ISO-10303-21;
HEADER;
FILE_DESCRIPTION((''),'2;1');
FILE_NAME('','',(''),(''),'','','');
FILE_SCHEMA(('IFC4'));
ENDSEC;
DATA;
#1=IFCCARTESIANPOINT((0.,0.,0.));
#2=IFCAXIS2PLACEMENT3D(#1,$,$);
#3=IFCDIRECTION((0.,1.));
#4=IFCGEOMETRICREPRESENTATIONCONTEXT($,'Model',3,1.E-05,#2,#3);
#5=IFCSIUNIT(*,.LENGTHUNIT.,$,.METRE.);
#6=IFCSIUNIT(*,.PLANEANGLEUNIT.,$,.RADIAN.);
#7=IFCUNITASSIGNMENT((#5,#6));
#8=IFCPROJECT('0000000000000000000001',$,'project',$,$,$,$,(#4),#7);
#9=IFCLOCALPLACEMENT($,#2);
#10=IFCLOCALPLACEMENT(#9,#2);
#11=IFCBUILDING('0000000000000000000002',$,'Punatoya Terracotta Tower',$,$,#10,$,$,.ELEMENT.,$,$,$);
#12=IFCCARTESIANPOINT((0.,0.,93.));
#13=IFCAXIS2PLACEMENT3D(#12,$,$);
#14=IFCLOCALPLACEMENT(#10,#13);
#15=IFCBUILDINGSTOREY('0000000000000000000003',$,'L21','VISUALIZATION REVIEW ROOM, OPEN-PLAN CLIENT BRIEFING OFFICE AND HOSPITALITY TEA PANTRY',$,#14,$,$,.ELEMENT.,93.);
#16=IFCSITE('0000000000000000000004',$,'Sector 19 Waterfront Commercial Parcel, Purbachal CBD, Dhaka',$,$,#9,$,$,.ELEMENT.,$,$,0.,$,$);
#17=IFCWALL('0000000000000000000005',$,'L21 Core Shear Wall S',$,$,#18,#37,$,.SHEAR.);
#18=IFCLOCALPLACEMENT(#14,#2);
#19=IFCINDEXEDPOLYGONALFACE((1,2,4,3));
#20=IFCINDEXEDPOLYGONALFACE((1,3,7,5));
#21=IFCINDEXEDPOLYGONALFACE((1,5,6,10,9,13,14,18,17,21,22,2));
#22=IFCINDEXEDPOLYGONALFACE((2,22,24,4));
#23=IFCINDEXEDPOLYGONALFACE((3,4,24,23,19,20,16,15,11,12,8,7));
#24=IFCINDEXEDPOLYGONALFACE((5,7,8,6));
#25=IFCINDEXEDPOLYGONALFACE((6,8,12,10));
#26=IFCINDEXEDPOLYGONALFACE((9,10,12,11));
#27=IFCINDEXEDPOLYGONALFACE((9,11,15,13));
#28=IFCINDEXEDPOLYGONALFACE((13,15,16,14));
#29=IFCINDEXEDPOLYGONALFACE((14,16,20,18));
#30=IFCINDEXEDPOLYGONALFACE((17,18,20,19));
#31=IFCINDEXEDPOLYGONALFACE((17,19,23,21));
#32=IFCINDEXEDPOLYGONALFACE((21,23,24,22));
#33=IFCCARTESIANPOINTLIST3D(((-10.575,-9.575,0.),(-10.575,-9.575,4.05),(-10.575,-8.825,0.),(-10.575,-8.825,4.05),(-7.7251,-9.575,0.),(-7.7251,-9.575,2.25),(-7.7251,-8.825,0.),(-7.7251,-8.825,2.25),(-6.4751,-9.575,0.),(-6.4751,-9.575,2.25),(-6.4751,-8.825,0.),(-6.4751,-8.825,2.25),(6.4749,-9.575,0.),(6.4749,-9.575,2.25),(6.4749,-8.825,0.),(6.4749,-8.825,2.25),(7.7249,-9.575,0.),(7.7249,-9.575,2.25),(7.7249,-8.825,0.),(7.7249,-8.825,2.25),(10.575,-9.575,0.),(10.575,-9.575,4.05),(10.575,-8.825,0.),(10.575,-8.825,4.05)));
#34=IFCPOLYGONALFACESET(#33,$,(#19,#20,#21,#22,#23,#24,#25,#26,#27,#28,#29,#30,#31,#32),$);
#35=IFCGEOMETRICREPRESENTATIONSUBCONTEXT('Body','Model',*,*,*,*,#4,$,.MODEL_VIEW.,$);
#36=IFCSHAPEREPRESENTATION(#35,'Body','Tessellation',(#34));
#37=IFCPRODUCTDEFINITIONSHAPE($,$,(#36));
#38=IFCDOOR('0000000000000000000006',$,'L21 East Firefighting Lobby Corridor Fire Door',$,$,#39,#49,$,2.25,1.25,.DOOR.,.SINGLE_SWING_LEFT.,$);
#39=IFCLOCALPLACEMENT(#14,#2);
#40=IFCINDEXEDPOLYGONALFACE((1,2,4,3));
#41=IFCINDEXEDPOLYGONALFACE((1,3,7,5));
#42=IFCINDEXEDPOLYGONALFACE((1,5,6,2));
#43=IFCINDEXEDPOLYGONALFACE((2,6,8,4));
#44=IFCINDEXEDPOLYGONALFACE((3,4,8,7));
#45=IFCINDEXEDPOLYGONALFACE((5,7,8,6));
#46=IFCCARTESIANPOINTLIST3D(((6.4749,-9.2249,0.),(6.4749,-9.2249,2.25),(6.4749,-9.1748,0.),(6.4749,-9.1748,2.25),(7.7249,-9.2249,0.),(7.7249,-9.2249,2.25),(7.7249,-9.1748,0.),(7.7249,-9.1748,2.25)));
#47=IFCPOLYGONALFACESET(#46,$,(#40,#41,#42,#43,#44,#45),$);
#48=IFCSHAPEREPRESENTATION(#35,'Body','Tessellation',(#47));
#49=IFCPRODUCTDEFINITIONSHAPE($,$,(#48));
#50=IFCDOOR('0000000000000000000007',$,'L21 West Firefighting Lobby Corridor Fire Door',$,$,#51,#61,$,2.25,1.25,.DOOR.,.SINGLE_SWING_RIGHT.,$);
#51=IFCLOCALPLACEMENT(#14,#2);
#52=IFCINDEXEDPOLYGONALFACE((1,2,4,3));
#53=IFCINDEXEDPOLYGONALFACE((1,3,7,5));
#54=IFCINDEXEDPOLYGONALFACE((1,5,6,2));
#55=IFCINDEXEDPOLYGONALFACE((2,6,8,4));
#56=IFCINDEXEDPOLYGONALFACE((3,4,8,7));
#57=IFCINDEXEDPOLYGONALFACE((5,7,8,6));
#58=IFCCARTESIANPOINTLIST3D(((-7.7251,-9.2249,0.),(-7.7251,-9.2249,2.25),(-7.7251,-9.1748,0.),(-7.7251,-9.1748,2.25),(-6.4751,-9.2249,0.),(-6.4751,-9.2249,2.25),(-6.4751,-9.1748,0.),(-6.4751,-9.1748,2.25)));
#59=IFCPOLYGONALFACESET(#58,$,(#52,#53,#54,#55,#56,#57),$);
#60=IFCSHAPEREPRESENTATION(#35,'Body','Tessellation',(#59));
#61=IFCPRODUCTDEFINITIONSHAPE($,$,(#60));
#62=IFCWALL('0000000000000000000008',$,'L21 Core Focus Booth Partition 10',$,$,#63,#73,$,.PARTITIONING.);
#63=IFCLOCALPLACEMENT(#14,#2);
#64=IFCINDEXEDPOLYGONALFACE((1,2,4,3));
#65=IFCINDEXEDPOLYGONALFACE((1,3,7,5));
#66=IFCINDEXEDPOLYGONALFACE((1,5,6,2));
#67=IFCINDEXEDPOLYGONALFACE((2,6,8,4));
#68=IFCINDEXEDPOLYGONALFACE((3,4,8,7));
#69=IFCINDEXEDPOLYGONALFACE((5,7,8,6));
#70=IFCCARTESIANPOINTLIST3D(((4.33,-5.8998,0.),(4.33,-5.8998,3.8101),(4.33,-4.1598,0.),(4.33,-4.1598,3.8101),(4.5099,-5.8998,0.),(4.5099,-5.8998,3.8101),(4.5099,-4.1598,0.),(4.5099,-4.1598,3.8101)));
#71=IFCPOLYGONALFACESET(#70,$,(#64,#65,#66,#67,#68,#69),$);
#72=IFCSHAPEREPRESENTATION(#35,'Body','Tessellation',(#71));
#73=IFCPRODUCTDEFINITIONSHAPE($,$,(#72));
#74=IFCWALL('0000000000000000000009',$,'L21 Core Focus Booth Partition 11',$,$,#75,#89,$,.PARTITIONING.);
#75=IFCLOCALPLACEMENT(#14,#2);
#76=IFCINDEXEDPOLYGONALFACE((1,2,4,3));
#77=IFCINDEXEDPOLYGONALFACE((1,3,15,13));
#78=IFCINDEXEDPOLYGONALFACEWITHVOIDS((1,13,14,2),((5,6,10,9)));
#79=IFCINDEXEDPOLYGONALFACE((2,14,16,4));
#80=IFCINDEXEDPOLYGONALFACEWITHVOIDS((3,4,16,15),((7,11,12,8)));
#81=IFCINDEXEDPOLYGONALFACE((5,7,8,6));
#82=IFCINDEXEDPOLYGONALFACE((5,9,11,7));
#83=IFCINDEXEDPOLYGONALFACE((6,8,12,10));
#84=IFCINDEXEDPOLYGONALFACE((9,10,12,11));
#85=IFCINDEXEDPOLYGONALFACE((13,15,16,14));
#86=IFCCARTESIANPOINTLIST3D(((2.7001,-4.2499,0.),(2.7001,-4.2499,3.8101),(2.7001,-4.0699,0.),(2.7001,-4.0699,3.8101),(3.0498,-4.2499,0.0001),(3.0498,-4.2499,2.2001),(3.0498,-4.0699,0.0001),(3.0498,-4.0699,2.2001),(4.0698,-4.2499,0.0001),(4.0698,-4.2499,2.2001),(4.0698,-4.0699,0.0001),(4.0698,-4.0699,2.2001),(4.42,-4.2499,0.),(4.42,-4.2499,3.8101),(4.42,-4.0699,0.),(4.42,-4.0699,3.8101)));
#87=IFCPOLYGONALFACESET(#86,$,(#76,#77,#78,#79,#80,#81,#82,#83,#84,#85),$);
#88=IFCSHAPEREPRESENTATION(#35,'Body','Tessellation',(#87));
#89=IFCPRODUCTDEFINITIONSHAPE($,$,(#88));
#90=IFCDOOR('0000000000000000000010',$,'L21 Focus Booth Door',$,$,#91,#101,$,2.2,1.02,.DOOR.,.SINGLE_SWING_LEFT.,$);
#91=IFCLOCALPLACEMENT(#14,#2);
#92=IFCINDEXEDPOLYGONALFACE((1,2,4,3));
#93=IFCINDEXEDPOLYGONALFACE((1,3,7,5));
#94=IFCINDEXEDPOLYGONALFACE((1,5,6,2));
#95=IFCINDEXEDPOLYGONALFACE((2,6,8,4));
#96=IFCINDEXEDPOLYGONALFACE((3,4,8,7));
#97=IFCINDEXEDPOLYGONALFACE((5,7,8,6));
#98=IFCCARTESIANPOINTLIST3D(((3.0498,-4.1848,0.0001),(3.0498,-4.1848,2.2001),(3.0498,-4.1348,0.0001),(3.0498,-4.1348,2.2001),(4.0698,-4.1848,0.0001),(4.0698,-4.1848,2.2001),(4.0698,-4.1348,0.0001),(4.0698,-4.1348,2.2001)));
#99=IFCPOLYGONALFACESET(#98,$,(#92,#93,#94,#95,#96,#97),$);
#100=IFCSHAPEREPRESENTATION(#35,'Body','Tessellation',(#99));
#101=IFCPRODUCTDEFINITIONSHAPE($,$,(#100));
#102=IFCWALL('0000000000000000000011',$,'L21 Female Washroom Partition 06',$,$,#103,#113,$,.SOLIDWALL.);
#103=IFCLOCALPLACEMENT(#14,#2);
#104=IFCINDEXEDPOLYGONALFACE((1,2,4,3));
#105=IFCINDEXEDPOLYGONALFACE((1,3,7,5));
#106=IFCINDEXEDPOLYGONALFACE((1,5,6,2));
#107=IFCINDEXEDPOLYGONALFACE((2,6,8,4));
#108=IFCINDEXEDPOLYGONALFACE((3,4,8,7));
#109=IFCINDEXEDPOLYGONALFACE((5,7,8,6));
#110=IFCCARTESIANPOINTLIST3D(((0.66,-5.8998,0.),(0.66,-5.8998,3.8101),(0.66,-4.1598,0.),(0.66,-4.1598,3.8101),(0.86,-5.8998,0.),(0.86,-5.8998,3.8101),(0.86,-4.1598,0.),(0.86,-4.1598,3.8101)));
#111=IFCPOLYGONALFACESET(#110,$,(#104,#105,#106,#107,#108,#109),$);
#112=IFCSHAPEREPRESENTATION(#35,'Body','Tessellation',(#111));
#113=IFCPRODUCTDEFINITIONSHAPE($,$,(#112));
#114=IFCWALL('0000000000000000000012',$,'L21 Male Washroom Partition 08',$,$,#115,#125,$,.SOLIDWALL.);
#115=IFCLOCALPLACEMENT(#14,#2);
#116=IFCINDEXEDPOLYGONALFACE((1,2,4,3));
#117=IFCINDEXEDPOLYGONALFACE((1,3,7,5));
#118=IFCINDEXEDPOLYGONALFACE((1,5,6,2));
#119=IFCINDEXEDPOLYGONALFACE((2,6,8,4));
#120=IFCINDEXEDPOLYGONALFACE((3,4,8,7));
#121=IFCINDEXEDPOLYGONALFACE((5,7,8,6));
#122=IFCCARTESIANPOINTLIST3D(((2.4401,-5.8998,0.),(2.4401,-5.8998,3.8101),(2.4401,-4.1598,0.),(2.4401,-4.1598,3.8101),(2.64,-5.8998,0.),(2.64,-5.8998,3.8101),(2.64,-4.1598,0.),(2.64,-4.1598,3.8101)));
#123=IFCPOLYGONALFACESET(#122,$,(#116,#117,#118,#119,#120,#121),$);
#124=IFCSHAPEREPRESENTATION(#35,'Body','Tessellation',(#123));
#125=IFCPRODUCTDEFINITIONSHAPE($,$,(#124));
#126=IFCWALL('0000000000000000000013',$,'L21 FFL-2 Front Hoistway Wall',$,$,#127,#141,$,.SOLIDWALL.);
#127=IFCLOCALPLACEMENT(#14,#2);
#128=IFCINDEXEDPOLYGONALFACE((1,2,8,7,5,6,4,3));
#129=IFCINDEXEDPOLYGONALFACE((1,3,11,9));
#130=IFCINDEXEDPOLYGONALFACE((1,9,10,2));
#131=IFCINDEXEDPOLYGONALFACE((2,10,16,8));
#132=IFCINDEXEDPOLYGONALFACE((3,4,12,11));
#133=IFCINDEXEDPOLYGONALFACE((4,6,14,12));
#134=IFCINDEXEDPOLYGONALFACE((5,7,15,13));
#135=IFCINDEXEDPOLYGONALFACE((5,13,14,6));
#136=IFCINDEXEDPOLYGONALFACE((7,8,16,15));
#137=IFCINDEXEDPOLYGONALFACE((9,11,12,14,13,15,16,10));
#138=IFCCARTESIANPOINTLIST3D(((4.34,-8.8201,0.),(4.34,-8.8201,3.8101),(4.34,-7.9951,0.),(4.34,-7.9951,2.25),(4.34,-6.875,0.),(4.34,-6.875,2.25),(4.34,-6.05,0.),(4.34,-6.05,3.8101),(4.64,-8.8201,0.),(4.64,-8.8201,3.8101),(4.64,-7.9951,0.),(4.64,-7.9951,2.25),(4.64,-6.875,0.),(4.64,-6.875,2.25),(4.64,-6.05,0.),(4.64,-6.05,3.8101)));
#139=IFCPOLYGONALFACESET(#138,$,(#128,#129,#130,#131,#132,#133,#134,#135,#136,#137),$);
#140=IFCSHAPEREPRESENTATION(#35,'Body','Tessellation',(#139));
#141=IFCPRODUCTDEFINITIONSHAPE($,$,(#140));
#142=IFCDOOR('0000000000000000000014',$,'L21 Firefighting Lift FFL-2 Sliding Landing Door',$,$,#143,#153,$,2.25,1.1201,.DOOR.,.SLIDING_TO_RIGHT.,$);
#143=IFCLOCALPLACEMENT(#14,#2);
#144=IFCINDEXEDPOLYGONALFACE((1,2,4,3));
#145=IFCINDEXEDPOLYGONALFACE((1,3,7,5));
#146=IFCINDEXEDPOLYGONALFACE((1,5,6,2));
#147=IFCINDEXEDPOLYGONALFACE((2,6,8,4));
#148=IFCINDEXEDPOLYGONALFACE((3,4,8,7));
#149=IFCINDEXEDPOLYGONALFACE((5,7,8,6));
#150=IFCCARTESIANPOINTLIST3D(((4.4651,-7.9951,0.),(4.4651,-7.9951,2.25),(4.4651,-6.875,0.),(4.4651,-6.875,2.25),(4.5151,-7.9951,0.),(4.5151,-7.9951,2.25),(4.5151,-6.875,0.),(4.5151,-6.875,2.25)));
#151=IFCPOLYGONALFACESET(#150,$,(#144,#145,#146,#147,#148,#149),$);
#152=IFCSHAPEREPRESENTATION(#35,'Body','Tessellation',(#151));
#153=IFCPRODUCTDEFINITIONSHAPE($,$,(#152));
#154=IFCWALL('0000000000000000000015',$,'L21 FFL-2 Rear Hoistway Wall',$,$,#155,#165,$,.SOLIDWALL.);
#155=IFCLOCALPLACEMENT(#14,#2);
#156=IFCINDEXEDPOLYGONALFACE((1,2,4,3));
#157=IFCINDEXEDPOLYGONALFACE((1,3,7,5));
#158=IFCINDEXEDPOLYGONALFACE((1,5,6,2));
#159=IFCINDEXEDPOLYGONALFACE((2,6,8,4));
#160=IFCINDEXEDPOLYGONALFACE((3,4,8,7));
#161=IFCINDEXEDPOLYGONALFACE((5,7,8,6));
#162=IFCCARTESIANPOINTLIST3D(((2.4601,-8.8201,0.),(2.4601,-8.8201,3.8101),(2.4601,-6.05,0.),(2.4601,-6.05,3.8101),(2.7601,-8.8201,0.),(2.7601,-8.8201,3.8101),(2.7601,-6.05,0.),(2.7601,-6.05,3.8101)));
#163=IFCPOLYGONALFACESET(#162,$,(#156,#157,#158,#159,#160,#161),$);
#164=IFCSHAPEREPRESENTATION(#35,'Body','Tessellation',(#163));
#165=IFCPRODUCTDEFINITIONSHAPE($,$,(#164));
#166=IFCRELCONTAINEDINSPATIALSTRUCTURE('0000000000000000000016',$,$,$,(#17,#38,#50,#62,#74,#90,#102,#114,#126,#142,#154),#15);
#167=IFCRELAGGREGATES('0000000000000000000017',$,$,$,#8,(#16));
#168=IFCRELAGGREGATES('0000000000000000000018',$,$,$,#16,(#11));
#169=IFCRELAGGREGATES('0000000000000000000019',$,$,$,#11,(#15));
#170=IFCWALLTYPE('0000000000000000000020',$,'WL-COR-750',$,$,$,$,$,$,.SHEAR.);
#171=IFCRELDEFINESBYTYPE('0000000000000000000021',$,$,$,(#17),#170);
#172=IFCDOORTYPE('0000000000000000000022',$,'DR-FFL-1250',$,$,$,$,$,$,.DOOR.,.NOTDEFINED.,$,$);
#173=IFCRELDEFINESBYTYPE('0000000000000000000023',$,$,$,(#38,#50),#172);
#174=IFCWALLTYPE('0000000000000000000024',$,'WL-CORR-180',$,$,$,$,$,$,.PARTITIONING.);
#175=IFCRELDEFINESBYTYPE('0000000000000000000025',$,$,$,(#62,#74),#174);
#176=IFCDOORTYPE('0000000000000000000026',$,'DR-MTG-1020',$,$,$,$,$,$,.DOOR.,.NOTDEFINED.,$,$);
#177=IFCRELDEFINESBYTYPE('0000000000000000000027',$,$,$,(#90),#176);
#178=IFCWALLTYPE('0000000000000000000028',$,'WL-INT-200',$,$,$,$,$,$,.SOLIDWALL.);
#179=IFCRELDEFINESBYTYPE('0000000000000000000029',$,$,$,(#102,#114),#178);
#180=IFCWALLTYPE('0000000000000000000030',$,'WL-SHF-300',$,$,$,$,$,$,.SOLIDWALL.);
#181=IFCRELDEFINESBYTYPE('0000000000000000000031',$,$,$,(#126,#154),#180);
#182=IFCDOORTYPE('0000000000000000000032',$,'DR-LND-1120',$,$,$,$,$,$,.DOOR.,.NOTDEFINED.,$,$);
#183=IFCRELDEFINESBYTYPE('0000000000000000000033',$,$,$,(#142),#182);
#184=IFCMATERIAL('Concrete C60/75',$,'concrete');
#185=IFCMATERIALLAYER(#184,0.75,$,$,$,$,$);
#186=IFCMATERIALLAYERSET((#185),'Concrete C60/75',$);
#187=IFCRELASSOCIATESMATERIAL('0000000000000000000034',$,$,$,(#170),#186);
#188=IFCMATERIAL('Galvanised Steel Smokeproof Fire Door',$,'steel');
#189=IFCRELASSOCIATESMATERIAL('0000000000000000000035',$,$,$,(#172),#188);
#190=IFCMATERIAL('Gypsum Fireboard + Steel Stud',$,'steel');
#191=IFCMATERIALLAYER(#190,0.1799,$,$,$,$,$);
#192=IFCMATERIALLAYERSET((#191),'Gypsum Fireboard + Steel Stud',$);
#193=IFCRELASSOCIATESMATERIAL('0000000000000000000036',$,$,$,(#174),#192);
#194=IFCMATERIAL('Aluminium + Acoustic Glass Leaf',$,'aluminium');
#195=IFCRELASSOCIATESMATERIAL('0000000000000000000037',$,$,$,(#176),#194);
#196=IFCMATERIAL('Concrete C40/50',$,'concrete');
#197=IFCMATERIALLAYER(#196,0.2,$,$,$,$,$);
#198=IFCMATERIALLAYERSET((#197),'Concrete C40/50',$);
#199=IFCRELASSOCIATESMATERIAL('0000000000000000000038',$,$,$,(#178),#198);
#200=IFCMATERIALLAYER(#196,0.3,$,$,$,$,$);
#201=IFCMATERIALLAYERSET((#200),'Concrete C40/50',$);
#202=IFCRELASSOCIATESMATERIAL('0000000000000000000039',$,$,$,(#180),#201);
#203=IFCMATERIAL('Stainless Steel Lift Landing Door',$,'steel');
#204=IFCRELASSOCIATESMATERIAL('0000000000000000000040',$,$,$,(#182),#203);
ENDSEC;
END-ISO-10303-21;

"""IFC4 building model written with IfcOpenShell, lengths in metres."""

from ifc_helpers import new_model, si_unit, direction, frame, frame_2d, origin, place, context, subcontext, project, spatial, rectangle, extrude, material, layer, layer_set, type_object, element, fill, save


model = new_model("IFC4")

# Units and contexts
model_context = context("Model", 3, precision=1e-05, world=origin(), true_north=direction((0.0, 1.0)))
body_context = subcontext(model_context, "Body", "Model", "MODEL_VIEW")
ifc_project = project(units=[si_unit("LENGTHUNIT", "METRE"), si_unit("PLANEANGLEUNIT", "RADIAN")], contexts=[model_context])

# Site, building, storey
site_placement = place(None, origin())
site = spatial("IfcSite", under=ifc_project, at=site_placement, Name="Sector 19 Waterfront Commercial Parcel, Purbachal CBD, Dhaka", CompositionType="ELEMENT", RefElevation=0.0)
building_placement = place(site_placement, origin())
building = spatial("IfcBuilding", under=site, at=building_placement, Name="Punatoya Terracotta Tower", CompositionType="ELEMENT")
storey_placement = place(building_placement, frame((0.0, 0.0, 93.0)))
storey = spatial("IfcBuildingStorey", under=building, at=storey_placement, Name="L21", Description="VISUALIZATION REVIEW ROOM, OPEN-PLAN CLIENT BRIEFING OFFICE AND HOSPITALITY TEA PANTRY", CompositionType="ELEMENT", Elevation=93.0)

# Shared definitions
ifc_material_1 = material(Name="Concrete C40/50", Category="concrete")

# Wall, openings, doors
ifc_material_2 = material(Name="Concrete C60/75", Category="concrete")
ifc_layer_1 = layer(ifc_material_2, 0.75)
ifc_layer_set_1 = layer_set([ifc_layer_1], Name="Concrete C60/75")
wall_type_1 = type_object("IfcWallType", Name="WL-COR-750", PredefinedType="SHEAR", material=ifc_layer_set_1)
wall_1_placement = place(storey_placement, frame((10.575, -9.2, 0.0), z_axis=(0.0, 0.0, 1.0), x_axis=(-1.0, 0.0, 0.0)))
wall_1 = element("IfcWall", 1, at=wall_1_placement, inside=storey, type_object=wall_type_1, Name="L21 Core Shear Wall S", PredefinedType="SHEAR", context=body_context, shape_type="SweptSolid", body=[
    extrude(rectangle(XDim=21.1499, YDim=0.75, at=frame_2d((10.575, 0.0))), origin(), (0.0, 0.0, 1.0), 4.05),
])
opening_1_placement = place(wall_1_placement, frame((2.8501, 0.0, 0.0)))
opening_1 = element("IfcOpeningElement", 2, at=opening_1_placement, cuts=wall_1, PredefinedType="OPENING", context=body_context, shape_type="SweptSolid", body=[
    extrude(rectangle(XDim=1.25, YDim=2.25, at=frame_2d((0.625, 1.125))), frame((0.0, 0.385, 0.0), z_axis=(0.0, -1.0, 0.0), x_axis=(1.0, 0.0, 0.0)), (0.0, 0.0, 1.0), 0.77),
])
opening_2_placement = place(wall_1_placement, frame((17.05, 0.0, 0.0)))
opening_2 = element("IfcOpeningElement", 3, at=opening_2_placement, cuts=wall_1, PredefinedType="OPENING", context=body_context, shape_type="SweptSolid", body=[
    extrude(rectangle(XDim=1.25, YDim=2.25, at=frame_2d((0.625, 1.125))), frame((0.0, 0.385, 0.0), z_axis=(0.0, -1.0, 0.0), x_axis=(1.0, 0.0, 0.0)), (0.0, 0.0, 1.0), 0.77),
])
ifc_material_3 = material(Name="Galvanised Steel Smokeproof Fire Door", Category="steel")
door_type_1 = type_object("IfcDoorType", Name="DR-FFL-1250", OperationType="NOTDEFINED", PredefinedType="DOOR", material=ifc_material_3)
door_1_placement = place(opening_1_placement, origin())
door_1 = element("IfcDoor", 4, at=door_1_placement, inside=storey, type_object=door_type_1, Name="L21 East Firefighting Lobby Corridor Fire Door", OperationType="SINGLE_SWING_LEFT", OverallHeight=2.25, OverallWidth=1.25, PredefinedType="DOOR", context=body_context, shape_type="SweptSolid", body=[
    extrude(rectangle(XDim=1.25, YDim=2.25, at=frame_2d((0.625, 1.125))), frame((0.0, 0.0249, 0.0), z_axis=(0.0, -1.0, 0.0), x_axis=(1.0, 0.0, 0.0)), (0.0, 0.0, 1.0), 0.05),
])
fill(opening_1, door_1)
door_2_placement = place(opening_2_placement, origin())
door_2 = element("IfcDoor", 5, at=door_2_placement, inside=storey, type_object=door_type_1, Name="L21 West Firefighting Lobby Corridor Fire Door", OperationType="SINGLE_SWING_RIGHT", OverallHeight=2.25, OverallWidth=1.25, PredefinedType="DOOR", context=body_context, shape_type="SweptSolid", body=[
    extrude(rectangle(XDim=1.25, YDim=2.25, at=frame_2d((0.625, 1.125))), frame((0.0, 0.0249, 0.0), z_axis=(0.0, -1.0, 0.0), x_axis=(1.0, 0.0, 0.0)), (0.0, 0.0, 1.0), 0.05),
])
fill(opening_2, door_2)

# Wall
ifc_material_4 = material(Name="Gypsum Fireboard + Steel Stud", Category="steel")
ifc_layer_2 = layer(ifc_material_4, 0.1799)
ifc_layer_set_2 = layer_set([ifc_layer_2], Name="Gypsum Fireboard + Steel Stud")
wall_type_2 = type_object("IfcWallType", Name="WL-CORR-180", PredefinedType="PARTITIONING", material=ifc_layer_set_2)
wall_2_placement = place(storey_placement, frame((4.4199, -5.8999, 0.0), z_axis=(0.0, 0.0, 1.0), x_axis=(0.0, 1.0, 0.0)))
element("IfcWall", 6, at=wall_2_placement, inside=storey, type_object=wall_type_2, Name="L21 Core Focus Booth Partition 10", PredefinedType="PARTITIONING", context=body_context, shape_type="SweptSolid", body=[
    extrude(rectangle(XDim=1.74, YDim=0.1799, at=frame_2d((0.8701, 0.0))), origin(), (0.0, 0.0, 1.0), 3.8101),
])

# Wall, opening, door
wall_3_placement = place(storey_placement, frame((4.4199, -4.1599, 0.0), z_axis=(0.0, 0.0, 1.0), x_axis=(-1.0, 0.0, 0.0)))
wall_3 = element("IfcWall", 7, at=wall_3_placement, inside=storey, type_object=wall_type_2, Name="L21 Core Focus Booth Partition 11", PredefinedType="PARTITIONING", context=body_context, shape_type="SweptSolid", body=[
    extrude(rectangle(XDim=1.72, YDim=0.1799, at=frame_2d((0.8599, 0.0))), origin(), (0.0, 0.0, 1.0), 3.8101),
])
opening_3_placement = place(wall_3_placement, frame((0.3501, 0.0, 0.0)))
opening_3 = element("IfcOpeningElement", 8, at=opening_3_placement, cuts=wall_3, PredefinedType="OPENING", context=body_context, shape_type="SweptSolid", body=[
    extrude(rectangle(XDim=1.02, YDim=2.2, at=frame_2d((0.51, 1.1001))), frame((0.0, 0.0999, 0.0), z_axis=(0.0, -1.0, 0.0), x_axis=(1.0, 0.0, 0.0)), (0.0, 0.0, 1.0), 0.2),
])
ifc_material_5 = material(Name="Aluminium + Acoustic Glass Leaf", Category="aluminium")
door_type_2 = type_object("IfcDoorType", Name="DR-MTG-1020", OperationType="NOTDEFINED", PredefinedType="DOOR", material=ifc_material_5)
door_3_placement = place(opening_3_placement, origin())
door_3 = element("IfcDoor", 9, at=door_3_placement, inside=storey, type_object=door_type_2, Name="L21 Focus Booth Door", OperationType="SINGLE_SWING_LEFT", OverallHeight=2.2, OverallWidth=1.02, PredefinedType="DOOR", context=body_context, shape_type="SweptSolid", body=[
    extrude(rectangle(XDim=1.02, YDim=2.2, at=frame_2d((0.51, 1.1001))), frame((0.0, 0.0249, 0.0), z_axis=(0.0, -1.0, 0.0), x_axis=(1.0, 0.0, 0.0)), (0.0, 0.0, 1.0), 0.05),
])
fill(opening_3, door_3)

# Wall
ifc_layer_3 = layer(ifc_material_1, 0.2)
ifc_layer_set_3 = layer_set([ifc_layer_3], Name="Concrete C40/50")
wall_type_3 = type_object("IfcWallType", Name="WL-INT-200", PredefinedType="SOLIDWALL", material=ifc_layer_set_3)
wall_4_placement = place(storey_placement, frame((0.76, -5.8999, 0.0), z_axis=(0.0, 0.0, 1.0), x_axis=(0.0, 1.0, 0.0)))
element("IfcWall", 10, at=wall_4_placement, inside=storey, type_object=wall_type_3, Name="L21 Female Washroom Partition 06", PredefinedType="SOLIDWALL", context=body_context, shape_type="SweptSolid", body=[
    extrude(rectangle(XDim=1.74, YDim=0.2, at=frame_2d((0.8701, 0.0))), origin(), (0.0, 0.0, 1.0), 3.8101),
])

# Wall
wall_5_placement = place(storey_placement, frame((2.54, -5.8999, 0.0), z_axis=(0.0, 0.0, 1.0), x_axis=(0.0, 1.0, 0.0)))
element("IfcWall", 11, at=wall_5_placement, inside=storey, type_object=wall_type_3, Name="L21 Male Washroom Partition 08", PredefinedType="SOLIDWALL", context=body_context, shape_type="SweptSolid", body=[
    extrude(rectangle(XDim=1.74, YDim=0.2, at=frame_2d((0.8701, 0.0))), origin(), (0.0, 0.0, 1.0), 3.8101),
])

# Wall, opening, door
ifc_layer_4 = layer(ifc_material_1, 0.3)
ifc_layer_set_4 = layer_set([ifc_layer_4], Name="Concrete C40/50")
wall_type_4 = type_object("IfcWallType", Name="WL-SHF-300", PredefinedType="SOLIDWALL", material=ifc_layer_set_4)
wall_6_placement = place(storey_placement, frame((4.49, -8.8201, 0.0), z_axis=(0.0, 0.0, 1.0), x_axis=(0.0, 1.0, 0.0)))
wall_6 = element("IfcWall", 12, at=wall_6_placement, inside=storey, type_object=wall_type_4, Name="L21 FFL-2 Front Hoistway Wall", PredefinedType="SOLIDWALL", context=body_context, shape_type="SweptSolid", body=[
    extrude(rectangle(XDim=2.77, YDim=0.3, at=frame_2d((1.385, 0.0))), origin(), (0.0, 0.0, 1.0), 3.8101),
])
opening_4_placement = place(wall_6_placement, frame((0.825, 0.0, 0.0)))
opening_4 = element("IfcOpeningElement", 13, at=opening_4_placement, cuts=wall_6, PredefinedType="OPENING", context=body_context, shape_type="SweptSolid", body=[
    extrude(rectangle(XDim=1.1201, YDim=2.25, at=frame_2d((0.5601, 1.125))), frame((0.0, 0.1599, 0.0), z_axis=(0.0, -1.0, 0.0), x_axis=(1.0, 0.0, 0.0)), (0.0, 0.0, 1.0), 0.3201),
])
ifc_material_6 = material(Name="Stainless Steel Lift Landing Door", Category="steel")
door_type_3 = type_object("IfcDoorType", Name="DR-LND-1120", OperationType="NOTDEFINED", PredefinedType="DOOR", material=ifc_material_6)
door_4_placement = place(opening_4_placement, origin())
door_4 = element("IfcDoor", 14, at=door_4_placement, inside=storey, type_object=door_type_3, Name="L21 Firefighting Lift FFL-2 Sliding Landing Door", OperationType="SLIDING_TO_RIGHT", OverallHeight=2.25, OverallWidth=1.1201, PredefinedType="DOOR", context=body_context, shape_type="SweptSolid", body=[
    extrude(rectangle(XDim=1.1201, YDim=2.25, at=frame_2d((0.5601, 1.125))), frame((0.0, 0.0249, 0.0), z_axis=(0.0, -1.0, 0.0), x_axis=(1.0, 0.0, 0.0)), (0.0, 0.0, 1.0), 0.05),
])
fill(opening_4, door_4)

# Wall
wall_7_placement = place(storey_placement, frame((2.6101, -8.8201, 0.0), z_axis=(0.0, 0.0, 1.0), x_axis=(0.0, 1.0, 0.0)))
element("IfcWall", 15, at=wall_7_placement, inside=storey, type_object=wall_type_4, Name="L21 FFL-2 Rear Hoistway Wall", PredefinedType="SOLIDWALL", context=body_context, shape_type="SweptSolid", body=[
    extrude(rectangle(XDim=2.77, YDim=0.3, at=frame_2d((1.385, 0.0))), origin(), (0.0, 0.0, 1.0), 3.8101),
])

save(model, "model.ifc")
